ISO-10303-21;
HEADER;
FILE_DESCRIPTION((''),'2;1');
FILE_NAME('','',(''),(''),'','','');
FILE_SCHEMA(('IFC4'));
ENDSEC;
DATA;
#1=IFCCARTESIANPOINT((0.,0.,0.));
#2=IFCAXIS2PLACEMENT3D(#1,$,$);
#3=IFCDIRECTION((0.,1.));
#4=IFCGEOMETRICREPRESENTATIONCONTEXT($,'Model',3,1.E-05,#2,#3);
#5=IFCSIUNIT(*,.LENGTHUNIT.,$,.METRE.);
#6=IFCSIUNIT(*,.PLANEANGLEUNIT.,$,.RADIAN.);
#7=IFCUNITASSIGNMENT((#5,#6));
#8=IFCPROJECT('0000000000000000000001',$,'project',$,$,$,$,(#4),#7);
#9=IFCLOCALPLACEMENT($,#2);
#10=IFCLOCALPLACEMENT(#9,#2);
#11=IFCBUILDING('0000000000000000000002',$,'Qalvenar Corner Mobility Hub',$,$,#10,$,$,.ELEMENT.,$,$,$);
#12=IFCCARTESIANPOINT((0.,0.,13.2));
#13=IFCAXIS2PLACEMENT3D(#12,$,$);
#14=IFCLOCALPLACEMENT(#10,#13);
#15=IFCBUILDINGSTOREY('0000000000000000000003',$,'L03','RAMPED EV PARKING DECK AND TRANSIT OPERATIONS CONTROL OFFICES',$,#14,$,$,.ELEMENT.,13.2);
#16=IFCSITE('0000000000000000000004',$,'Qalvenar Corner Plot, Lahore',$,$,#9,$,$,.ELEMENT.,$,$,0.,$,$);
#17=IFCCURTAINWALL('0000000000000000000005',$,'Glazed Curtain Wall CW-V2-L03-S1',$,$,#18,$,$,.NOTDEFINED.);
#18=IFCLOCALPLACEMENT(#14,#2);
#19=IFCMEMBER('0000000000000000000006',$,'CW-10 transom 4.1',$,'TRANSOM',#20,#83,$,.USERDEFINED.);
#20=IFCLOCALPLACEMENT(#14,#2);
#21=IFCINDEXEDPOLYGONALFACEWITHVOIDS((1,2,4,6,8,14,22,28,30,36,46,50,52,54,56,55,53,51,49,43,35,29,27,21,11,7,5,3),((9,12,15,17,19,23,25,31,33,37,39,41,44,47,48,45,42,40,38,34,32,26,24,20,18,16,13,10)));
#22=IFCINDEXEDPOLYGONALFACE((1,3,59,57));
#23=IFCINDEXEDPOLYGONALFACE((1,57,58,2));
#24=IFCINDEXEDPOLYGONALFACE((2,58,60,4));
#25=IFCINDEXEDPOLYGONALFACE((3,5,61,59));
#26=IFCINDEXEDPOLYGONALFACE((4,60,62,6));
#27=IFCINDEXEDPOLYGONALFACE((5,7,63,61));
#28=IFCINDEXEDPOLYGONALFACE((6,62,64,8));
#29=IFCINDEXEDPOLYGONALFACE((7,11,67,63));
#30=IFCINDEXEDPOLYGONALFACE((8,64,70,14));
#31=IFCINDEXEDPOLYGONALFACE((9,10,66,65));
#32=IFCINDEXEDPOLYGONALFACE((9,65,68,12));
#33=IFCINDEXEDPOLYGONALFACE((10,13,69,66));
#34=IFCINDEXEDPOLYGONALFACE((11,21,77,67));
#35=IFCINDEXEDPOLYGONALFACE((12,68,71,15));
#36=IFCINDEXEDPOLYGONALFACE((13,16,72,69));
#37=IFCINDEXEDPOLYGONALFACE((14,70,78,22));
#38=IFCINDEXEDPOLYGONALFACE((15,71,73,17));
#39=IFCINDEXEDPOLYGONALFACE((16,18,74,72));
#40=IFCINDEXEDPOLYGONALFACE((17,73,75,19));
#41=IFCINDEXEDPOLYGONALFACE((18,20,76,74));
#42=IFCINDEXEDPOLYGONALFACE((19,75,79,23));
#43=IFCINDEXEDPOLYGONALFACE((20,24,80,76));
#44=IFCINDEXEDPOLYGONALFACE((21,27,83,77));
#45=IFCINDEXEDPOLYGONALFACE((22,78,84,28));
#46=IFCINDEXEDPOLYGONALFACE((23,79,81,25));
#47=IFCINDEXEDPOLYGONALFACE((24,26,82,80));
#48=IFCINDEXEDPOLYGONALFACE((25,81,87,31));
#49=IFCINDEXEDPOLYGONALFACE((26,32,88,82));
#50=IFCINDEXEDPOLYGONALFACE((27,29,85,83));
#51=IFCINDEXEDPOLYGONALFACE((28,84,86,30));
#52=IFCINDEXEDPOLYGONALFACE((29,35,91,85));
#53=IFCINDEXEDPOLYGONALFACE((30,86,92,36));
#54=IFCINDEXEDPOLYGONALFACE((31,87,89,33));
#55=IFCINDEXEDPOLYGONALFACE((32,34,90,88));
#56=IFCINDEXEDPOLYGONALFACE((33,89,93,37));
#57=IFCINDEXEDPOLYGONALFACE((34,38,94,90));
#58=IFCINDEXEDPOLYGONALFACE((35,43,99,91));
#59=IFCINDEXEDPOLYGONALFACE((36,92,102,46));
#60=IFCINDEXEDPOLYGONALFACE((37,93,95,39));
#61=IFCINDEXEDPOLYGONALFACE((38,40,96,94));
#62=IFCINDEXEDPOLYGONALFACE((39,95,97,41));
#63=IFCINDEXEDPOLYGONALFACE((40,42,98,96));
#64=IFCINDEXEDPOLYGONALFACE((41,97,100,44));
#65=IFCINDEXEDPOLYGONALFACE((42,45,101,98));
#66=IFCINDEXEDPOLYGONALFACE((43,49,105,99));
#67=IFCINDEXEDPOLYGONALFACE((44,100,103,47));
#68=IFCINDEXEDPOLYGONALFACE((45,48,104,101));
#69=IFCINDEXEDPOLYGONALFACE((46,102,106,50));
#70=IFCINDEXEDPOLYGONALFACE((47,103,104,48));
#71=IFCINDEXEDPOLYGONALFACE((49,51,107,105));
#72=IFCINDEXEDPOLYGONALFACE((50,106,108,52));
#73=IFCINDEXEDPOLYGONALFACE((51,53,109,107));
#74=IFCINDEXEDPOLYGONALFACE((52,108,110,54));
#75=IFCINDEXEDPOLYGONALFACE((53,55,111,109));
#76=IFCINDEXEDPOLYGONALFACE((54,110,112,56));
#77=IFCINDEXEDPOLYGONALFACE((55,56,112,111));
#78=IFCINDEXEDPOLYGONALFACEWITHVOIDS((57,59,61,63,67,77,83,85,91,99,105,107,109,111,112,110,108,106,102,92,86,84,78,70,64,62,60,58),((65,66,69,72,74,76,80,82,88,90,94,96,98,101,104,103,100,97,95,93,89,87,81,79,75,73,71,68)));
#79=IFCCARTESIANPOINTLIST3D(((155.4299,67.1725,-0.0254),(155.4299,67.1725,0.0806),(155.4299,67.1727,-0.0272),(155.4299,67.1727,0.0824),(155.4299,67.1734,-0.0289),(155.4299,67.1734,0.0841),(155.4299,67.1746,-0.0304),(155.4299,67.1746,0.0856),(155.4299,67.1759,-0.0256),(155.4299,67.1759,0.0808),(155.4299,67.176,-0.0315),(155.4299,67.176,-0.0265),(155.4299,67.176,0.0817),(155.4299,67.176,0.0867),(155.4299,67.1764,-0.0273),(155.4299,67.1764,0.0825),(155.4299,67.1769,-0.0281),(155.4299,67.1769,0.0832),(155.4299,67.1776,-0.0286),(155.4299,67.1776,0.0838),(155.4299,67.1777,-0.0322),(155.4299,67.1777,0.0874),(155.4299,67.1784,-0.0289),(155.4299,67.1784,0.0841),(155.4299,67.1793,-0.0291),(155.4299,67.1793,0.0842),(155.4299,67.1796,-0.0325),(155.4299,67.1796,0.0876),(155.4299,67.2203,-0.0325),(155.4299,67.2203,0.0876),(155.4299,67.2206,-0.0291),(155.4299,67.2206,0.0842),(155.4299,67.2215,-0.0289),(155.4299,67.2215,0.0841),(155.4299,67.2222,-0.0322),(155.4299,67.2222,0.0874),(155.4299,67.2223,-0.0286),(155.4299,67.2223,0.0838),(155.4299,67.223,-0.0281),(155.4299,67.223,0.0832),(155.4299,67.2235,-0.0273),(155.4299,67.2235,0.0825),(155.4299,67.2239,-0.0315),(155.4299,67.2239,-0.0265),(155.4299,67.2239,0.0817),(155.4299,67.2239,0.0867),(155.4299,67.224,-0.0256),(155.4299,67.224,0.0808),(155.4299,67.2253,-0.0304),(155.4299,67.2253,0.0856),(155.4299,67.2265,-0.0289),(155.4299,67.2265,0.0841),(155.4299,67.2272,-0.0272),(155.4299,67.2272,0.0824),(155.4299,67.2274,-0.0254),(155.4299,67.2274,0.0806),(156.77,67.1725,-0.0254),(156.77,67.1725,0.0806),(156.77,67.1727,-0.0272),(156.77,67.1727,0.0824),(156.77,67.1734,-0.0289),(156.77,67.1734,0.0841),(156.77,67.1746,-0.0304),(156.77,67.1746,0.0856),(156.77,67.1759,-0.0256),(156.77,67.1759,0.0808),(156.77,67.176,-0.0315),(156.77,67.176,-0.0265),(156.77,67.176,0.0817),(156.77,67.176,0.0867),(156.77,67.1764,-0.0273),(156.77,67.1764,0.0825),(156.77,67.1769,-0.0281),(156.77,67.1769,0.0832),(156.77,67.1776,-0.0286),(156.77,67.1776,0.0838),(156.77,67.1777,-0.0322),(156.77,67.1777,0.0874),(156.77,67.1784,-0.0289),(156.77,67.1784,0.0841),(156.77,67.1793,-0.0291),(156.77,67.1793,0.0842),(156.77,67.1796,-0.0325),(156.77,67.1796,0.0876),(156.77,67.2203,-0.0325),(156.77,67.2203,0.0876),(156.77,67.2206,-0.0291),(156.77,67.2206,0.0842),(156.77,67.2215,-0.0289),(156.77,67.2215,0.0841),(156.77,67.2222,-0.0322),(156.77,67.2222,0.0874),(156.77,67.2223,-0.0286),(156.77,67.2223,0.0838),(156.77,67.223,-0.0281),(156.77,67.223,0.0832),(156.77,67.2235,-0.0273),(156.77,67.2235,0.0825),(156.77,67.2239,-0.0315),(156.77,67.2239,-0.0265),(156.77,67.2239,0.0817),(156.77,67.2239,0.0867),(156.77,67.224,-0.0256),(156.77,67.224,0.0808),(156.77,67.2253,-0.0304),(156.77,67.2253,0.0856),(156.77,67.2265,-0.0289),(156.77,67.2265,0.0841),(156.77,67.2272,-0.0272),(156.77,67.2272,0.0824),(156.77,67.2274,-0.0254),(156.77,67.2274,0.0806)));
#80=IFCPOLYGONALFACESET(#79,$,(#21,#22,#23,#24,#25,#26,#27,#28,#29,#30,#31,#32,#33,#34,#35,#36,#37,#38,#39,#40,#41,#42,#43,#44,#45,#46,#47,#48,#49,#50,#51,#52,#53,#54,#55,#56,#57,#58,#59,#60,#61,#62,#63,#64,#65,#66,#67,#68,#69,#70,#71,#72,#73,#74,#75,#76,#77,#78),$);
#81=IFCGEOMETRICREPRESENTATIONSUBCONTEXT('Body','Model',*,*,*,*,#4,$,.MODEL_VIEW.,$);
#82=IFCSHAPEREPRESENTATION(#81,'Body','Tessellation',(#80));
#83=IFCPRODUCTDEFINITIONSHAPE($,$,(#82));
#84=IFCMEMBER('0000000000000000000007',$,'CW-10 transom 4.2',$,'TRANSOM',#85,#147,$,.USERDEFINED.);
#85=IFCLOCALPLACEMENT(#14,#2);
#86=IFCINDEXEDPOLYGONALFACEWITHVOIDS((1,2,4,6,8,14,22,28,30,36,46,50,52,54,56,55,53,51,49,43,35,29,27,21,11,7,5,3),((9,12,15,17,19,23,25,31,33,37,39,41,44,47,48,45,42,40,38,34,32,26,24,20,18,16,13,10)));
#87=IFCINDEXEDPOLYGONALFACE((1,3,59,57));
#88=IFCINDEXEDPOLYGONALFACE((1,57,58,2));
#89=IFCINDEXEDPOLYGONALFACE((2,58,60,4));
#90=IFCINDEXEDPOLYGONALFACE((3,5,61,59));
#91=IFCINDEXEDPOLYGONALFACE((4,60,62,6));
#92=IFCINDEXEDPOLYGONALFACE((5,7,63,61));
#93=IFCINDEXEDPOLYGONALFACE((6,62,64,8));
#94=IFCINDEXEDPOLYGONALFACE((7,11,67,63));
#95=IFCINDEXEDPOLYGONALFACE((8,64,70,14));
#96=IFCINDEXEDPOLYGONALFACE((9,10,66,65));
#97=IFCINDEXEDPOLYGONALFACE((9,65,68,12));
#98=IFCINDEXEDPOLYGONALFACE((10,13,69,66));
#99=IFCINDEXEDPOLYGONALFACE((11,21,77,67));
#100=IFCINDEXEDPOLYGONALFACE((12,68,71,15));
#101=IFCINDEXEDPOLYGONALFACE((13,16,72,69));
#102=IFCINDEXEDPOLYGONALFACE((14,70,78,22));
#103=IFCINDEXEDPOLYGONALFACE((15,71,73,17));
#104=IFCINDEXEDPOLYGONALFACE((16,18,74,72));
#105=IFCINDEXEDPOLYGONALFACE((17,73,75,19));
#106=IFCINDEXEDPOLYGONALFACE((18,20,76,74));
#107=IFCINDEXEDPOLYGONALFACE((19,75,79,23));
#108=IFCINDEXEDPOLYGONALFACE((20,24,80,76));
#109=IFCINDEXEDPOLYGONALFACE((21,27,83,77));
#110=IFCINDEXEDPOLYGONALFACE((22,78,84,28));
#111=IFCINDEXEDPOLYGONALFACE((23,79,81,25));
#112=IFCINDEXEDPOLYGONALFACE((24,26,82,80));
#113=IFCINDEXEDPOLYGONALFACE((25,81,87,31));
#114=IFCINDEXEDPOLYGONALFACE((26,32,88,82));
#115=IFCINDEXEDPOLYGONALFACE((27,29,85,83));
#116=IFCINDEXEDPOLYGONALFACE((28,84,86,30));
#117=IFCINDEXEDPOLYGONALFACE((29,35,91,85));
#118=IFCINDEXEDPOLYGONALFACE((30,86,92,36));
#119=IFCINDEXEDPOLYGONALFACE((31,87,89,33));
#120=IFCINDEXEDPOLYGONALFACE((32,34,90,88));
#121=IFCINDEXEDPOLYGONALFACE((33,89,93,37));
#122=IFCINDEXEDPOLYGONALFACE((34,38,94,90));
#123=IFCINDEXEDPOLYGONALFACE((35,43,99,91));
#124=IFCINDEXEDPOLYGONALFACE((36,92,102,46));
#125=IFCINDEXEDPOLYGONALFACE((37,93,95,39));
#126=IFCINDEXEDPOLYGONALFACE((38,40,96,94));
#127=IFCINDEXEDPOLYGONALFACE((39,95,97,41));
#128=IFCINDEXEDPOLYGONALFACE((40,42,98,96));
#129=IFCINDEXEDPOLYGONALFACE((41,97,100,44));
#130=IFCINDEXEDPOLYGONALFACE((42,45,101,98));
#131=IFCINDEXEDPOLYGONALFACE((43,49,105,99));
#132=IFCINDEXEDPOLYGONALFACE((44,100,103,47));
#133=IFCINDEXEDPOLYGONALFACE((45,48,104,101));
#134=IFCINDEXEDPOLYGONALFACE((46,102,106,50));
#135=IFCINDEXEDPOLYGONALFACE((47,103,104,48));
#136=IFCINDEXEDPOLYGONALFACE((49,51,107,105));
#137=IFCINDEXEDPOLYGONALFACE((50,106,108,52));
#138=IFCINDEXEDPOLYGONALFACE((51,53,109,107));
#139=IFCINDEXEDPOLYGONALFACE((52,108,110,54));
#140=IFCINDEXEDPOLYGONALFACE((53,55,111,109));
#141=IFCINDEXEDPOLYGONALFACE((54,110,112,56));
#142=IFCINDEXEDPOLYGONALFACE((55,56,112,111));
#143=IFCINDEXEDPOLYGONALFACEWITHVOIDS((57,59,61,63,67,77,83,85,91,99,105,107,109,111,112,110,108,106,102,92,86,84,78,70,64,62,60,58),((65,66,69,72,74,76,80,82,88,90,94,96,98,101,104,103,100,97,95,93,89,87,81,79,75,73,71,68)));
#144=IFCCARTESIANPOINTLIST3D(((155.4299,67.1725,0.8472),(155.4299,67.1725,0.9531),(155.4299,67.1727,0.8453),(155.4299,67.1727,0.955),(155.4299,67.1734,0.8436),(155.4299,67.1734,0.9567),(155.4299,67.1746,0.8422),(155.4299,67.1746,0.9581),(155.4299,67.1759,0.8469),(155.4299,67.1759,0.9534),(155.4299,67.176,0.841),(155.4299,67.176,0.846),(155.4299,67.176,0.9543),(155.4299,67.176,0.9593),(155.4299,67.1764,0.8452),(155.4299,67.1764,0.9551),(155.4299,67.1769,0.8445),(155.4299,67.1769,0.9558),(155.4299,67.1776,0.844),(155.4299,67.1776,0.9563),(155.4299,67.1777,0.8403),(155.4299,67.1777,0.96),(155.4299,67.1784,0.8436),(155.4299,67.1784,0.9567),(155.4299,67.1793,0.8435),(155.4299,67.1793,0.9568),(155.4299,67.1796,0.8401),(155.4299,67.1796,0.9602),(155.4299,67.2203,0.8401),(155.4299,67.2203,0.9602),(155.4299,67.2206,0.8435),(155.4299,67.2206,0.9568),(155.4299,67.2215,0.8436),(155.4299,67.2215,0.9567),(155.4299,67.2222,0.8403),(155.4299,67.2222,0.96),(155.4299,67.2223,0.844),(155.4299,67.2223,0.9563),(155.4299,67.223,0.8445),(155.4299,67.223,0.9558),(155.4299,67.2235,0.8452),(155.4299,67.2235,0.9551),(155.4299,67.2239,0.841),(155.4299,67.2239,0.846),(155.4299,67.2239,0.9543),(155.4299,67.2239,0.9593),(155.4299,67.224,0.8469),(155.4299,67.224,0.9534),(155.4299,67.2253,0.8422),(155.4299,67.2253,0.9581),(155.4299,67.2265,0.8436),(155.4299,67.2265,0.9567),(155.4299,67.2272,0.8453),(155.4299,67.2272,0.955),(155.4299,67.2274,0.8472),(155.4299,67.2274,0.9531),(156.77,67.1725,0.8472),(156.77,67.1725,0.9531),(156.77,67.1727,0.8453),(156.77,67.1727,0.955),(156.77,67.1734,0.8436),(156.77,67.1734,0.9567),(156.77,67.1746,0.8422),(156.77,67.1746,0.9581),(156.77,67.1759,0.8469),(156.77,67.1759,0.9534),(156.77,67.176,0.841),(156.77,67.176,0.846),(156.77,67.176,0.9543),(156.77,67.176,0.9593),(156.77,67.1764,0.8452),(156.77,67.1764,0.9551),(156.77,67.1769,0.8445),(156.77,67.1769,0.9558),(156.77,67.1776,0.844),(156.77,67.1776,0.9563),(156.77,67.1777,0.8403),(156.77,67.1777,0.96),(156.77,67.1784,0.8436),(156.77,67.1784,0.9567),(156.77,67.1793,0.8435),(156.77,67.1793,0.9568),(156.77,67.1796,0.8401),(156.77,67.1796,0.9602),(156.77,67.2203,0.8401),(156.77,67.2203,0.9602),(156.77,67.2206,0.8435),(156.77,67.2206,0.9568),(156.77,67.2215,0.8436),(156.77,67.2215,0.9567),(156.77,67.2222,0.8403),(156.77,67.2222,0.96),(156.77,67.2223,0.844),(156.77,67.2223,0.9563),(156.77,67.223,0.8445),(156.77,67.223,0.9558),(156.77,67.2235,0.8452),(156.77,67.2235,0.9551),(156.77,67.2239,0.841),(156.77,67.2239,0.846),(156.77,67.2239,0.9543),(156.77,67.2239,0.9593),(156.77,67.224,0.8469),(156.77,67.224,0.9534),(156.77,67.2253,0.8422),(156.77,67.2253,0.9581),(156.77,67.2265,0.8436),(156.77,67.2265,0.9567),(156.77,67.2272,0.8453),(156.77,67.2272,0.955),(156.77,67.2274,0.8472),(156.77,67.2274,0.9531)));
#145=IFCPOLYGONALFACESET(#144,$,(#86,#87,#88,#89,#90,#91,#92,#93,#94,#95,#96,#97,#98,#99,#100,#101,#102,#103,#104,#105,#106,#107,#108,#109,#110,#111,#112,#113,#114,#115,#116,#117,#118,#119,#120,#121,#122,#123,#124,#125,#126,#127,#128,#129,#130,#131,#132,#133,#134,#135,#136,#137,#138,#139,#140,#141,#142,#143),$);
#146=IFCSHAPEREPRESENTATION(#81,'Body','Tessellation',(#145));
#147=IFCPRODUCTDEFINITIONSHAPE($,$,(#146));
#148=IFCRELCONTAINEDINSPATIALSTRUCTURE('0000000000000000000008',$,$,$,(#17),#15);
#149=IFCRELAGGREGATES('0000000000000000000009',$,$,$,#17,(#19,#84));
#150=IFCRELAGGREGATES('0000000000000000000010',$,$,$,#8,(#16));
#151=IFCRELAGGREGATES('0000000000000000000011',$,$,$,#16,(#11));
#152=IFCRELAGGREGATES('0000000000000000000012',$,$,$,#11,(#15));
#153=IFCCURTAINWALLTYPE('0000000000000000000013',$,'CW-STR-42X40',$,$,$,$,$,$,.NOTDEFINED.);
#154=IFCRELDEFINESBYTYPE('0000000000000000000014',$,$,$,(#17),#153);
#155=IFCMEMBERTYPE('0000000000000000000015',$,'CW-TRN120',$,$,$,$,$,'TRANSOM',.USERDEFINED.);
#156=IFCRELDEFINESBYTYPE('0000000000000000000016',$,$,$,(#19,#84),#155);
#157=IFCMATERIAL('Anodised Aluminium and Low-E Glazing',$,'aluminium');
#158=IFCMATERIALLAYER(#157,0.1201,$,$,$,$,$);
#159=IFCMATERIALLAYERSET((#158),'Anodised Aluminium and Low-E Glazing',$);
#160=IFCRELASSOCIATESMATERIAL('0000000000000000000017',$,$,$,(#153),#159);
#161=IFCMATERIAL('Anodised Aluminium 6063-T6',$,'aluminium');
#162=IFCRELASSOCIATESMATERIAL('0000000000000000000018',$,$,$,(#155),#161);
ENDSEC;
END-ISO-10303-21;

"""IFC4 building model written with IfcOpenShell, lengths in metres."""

from ifc_helpers import new_model, si_unit, direction, frame, origin, origin_2d, place, context, subcontext, project, spatial, hollow_rectangle, extrude, material, layer, layer_set, material_profile, profile_set, type_object, element, aggregate, save


model = new_model("IFC4")

# Units and contexts
model_context = context("Model", 3, precision=1e-05, world=origin(), true_north=direction((0.0, 1.0)))
body_context = subcontext(model_context, "Body", "Model", "MODEL_VIEW")
ifc_project = project(units=[si_unit("LENGTHUNIT", "METRE"), si_unit("PLANEANGLEUNIT", "RADIAN")], contexts=[model_context])

# Site, building, storey
site_placement = place(None, origin())
site = spatial("IfcSite", under=ifc_project, at=site_placement, Name="Qalvenar Corner Plot, Lahore", CompositionType="ELEMENT", RefElevation=0.0)
building_placement = place(site_placement, origin())
building = spatial("IfcBuilding", under=site, at=building_placement, Name="Qalvenar Corner Mobility Hub", CompositionType="ELEMENT")
storey_placement = place(building_placement, frame((0.0, 0.0, 13.2)))
storey = spatial("IfcBuildingStorey", under=building, at=storey_placement, Name="L03", Description="RAMPED EV PARKING DECK AND TRANSIT OPERATIONS CONTROL OFFICES", CompositionType="ELEMENT", Elevation=13.2)

# Curtain wall, members
ifc_material_1 = material(Name="Anodised Aluminium and Low-E Glazing", Category="aluminium")
ifc_layer_1 = layer(ifc_material_1, 0.1201)
ifc_layer_set_1 = layer_set([ifc_layer_1], Name="Anodised Aluminium and Low-E Glazing")
curtain_wall_type = type_object("IfcCurtainWallType", Name="CW-STR-42X40", PredefinedType="NOTDEFINED", material=ifc_layer_set_1)
curtain_wall_placement = place(storey_placement, origin())
curtain_wall = element("IfcCurtainWall", 1, at=curtain_wall_placement, inside=storey, type_object=curtain_wall_type, Name="Glazed Curtain Wall CW-V2-L03-S1", PredefinedType="NOTDEFINED")
ifc_material_2 = material(Name="Anodised Aluminium 6063-T6", Category="aluminium")
ifc_material_profile_1 = material_profile(ifc_material_2, hollow_rectangle(XDim=0.0549, YDim=0.1201, WallThickness=0.0034, InnerFilletRadius=0.0034, OuterFilletRadius=0.0071, at=origin_2d()), Name="RHS120x55x3.5")
ifc_profile_set_1 = profile_set([ifc_material_profile_1], Name="Anodised Aluminium 6063-T6")
member_type_1 = type_object("IfcMemberType", Name="CW-TRN120", ElementType="TRANSOM", PredefinedType="USERDEFINED", material=ifc_profile_set_1)
member_1_placement = place(storey_placement, frame((155.4299, 67.2, 0.0276), z_axis=(1.0, 0.0, 0.0), x_axis=(0.0, 1.0, 0.0)))
member_1 = element("IfcMember", 2, at=member_1_placement, type_object=member_type_1, Name="CW-10 transom 4.1", ObjectType="TRANSOM", PredefinedType="USERDEFINED", context=body_context, shape_type="SweptSolid", body=[
    extrude(hollow_rectangle(XDim=0.0549, YDim=0.1201, WallThickness=0.0034, InnerFilletRadius=0.0034, OuterFilletRadius=0.0071, at=origin_2d()), origin(), (0.0, 0.0, 1.0), 1.3401),
])
member_2_placement = place(storey_placement, frame((155.4299, 67.2, 0.9001), z_axis=(1.0, 0.0, 0.0), x_axis=(0.0, 1.0, 0.0)))
member_2 = element("IfcMember", 3, at=member_2_placement, type_object=member_type_1, Name="CW-10 transom 4.2", ObjectType="TRANSOM", PredefinedType="USERDEFINED", context=body_context, shape_type="SweptSolid", body=[
    extrude(hollow_rectangle(XDim=0.0549, YDim=0.1201, WallThickness=0.0034, InnerFilletRadius=0.0034, OuterFilletRadius=0.0071, at=origin_2d()), origin(), (0.0, 0.0, 1.0), 1.3401),
])
aggregate(curtain_wall, [member_1, member_2])

save(model, "model.ifc")
